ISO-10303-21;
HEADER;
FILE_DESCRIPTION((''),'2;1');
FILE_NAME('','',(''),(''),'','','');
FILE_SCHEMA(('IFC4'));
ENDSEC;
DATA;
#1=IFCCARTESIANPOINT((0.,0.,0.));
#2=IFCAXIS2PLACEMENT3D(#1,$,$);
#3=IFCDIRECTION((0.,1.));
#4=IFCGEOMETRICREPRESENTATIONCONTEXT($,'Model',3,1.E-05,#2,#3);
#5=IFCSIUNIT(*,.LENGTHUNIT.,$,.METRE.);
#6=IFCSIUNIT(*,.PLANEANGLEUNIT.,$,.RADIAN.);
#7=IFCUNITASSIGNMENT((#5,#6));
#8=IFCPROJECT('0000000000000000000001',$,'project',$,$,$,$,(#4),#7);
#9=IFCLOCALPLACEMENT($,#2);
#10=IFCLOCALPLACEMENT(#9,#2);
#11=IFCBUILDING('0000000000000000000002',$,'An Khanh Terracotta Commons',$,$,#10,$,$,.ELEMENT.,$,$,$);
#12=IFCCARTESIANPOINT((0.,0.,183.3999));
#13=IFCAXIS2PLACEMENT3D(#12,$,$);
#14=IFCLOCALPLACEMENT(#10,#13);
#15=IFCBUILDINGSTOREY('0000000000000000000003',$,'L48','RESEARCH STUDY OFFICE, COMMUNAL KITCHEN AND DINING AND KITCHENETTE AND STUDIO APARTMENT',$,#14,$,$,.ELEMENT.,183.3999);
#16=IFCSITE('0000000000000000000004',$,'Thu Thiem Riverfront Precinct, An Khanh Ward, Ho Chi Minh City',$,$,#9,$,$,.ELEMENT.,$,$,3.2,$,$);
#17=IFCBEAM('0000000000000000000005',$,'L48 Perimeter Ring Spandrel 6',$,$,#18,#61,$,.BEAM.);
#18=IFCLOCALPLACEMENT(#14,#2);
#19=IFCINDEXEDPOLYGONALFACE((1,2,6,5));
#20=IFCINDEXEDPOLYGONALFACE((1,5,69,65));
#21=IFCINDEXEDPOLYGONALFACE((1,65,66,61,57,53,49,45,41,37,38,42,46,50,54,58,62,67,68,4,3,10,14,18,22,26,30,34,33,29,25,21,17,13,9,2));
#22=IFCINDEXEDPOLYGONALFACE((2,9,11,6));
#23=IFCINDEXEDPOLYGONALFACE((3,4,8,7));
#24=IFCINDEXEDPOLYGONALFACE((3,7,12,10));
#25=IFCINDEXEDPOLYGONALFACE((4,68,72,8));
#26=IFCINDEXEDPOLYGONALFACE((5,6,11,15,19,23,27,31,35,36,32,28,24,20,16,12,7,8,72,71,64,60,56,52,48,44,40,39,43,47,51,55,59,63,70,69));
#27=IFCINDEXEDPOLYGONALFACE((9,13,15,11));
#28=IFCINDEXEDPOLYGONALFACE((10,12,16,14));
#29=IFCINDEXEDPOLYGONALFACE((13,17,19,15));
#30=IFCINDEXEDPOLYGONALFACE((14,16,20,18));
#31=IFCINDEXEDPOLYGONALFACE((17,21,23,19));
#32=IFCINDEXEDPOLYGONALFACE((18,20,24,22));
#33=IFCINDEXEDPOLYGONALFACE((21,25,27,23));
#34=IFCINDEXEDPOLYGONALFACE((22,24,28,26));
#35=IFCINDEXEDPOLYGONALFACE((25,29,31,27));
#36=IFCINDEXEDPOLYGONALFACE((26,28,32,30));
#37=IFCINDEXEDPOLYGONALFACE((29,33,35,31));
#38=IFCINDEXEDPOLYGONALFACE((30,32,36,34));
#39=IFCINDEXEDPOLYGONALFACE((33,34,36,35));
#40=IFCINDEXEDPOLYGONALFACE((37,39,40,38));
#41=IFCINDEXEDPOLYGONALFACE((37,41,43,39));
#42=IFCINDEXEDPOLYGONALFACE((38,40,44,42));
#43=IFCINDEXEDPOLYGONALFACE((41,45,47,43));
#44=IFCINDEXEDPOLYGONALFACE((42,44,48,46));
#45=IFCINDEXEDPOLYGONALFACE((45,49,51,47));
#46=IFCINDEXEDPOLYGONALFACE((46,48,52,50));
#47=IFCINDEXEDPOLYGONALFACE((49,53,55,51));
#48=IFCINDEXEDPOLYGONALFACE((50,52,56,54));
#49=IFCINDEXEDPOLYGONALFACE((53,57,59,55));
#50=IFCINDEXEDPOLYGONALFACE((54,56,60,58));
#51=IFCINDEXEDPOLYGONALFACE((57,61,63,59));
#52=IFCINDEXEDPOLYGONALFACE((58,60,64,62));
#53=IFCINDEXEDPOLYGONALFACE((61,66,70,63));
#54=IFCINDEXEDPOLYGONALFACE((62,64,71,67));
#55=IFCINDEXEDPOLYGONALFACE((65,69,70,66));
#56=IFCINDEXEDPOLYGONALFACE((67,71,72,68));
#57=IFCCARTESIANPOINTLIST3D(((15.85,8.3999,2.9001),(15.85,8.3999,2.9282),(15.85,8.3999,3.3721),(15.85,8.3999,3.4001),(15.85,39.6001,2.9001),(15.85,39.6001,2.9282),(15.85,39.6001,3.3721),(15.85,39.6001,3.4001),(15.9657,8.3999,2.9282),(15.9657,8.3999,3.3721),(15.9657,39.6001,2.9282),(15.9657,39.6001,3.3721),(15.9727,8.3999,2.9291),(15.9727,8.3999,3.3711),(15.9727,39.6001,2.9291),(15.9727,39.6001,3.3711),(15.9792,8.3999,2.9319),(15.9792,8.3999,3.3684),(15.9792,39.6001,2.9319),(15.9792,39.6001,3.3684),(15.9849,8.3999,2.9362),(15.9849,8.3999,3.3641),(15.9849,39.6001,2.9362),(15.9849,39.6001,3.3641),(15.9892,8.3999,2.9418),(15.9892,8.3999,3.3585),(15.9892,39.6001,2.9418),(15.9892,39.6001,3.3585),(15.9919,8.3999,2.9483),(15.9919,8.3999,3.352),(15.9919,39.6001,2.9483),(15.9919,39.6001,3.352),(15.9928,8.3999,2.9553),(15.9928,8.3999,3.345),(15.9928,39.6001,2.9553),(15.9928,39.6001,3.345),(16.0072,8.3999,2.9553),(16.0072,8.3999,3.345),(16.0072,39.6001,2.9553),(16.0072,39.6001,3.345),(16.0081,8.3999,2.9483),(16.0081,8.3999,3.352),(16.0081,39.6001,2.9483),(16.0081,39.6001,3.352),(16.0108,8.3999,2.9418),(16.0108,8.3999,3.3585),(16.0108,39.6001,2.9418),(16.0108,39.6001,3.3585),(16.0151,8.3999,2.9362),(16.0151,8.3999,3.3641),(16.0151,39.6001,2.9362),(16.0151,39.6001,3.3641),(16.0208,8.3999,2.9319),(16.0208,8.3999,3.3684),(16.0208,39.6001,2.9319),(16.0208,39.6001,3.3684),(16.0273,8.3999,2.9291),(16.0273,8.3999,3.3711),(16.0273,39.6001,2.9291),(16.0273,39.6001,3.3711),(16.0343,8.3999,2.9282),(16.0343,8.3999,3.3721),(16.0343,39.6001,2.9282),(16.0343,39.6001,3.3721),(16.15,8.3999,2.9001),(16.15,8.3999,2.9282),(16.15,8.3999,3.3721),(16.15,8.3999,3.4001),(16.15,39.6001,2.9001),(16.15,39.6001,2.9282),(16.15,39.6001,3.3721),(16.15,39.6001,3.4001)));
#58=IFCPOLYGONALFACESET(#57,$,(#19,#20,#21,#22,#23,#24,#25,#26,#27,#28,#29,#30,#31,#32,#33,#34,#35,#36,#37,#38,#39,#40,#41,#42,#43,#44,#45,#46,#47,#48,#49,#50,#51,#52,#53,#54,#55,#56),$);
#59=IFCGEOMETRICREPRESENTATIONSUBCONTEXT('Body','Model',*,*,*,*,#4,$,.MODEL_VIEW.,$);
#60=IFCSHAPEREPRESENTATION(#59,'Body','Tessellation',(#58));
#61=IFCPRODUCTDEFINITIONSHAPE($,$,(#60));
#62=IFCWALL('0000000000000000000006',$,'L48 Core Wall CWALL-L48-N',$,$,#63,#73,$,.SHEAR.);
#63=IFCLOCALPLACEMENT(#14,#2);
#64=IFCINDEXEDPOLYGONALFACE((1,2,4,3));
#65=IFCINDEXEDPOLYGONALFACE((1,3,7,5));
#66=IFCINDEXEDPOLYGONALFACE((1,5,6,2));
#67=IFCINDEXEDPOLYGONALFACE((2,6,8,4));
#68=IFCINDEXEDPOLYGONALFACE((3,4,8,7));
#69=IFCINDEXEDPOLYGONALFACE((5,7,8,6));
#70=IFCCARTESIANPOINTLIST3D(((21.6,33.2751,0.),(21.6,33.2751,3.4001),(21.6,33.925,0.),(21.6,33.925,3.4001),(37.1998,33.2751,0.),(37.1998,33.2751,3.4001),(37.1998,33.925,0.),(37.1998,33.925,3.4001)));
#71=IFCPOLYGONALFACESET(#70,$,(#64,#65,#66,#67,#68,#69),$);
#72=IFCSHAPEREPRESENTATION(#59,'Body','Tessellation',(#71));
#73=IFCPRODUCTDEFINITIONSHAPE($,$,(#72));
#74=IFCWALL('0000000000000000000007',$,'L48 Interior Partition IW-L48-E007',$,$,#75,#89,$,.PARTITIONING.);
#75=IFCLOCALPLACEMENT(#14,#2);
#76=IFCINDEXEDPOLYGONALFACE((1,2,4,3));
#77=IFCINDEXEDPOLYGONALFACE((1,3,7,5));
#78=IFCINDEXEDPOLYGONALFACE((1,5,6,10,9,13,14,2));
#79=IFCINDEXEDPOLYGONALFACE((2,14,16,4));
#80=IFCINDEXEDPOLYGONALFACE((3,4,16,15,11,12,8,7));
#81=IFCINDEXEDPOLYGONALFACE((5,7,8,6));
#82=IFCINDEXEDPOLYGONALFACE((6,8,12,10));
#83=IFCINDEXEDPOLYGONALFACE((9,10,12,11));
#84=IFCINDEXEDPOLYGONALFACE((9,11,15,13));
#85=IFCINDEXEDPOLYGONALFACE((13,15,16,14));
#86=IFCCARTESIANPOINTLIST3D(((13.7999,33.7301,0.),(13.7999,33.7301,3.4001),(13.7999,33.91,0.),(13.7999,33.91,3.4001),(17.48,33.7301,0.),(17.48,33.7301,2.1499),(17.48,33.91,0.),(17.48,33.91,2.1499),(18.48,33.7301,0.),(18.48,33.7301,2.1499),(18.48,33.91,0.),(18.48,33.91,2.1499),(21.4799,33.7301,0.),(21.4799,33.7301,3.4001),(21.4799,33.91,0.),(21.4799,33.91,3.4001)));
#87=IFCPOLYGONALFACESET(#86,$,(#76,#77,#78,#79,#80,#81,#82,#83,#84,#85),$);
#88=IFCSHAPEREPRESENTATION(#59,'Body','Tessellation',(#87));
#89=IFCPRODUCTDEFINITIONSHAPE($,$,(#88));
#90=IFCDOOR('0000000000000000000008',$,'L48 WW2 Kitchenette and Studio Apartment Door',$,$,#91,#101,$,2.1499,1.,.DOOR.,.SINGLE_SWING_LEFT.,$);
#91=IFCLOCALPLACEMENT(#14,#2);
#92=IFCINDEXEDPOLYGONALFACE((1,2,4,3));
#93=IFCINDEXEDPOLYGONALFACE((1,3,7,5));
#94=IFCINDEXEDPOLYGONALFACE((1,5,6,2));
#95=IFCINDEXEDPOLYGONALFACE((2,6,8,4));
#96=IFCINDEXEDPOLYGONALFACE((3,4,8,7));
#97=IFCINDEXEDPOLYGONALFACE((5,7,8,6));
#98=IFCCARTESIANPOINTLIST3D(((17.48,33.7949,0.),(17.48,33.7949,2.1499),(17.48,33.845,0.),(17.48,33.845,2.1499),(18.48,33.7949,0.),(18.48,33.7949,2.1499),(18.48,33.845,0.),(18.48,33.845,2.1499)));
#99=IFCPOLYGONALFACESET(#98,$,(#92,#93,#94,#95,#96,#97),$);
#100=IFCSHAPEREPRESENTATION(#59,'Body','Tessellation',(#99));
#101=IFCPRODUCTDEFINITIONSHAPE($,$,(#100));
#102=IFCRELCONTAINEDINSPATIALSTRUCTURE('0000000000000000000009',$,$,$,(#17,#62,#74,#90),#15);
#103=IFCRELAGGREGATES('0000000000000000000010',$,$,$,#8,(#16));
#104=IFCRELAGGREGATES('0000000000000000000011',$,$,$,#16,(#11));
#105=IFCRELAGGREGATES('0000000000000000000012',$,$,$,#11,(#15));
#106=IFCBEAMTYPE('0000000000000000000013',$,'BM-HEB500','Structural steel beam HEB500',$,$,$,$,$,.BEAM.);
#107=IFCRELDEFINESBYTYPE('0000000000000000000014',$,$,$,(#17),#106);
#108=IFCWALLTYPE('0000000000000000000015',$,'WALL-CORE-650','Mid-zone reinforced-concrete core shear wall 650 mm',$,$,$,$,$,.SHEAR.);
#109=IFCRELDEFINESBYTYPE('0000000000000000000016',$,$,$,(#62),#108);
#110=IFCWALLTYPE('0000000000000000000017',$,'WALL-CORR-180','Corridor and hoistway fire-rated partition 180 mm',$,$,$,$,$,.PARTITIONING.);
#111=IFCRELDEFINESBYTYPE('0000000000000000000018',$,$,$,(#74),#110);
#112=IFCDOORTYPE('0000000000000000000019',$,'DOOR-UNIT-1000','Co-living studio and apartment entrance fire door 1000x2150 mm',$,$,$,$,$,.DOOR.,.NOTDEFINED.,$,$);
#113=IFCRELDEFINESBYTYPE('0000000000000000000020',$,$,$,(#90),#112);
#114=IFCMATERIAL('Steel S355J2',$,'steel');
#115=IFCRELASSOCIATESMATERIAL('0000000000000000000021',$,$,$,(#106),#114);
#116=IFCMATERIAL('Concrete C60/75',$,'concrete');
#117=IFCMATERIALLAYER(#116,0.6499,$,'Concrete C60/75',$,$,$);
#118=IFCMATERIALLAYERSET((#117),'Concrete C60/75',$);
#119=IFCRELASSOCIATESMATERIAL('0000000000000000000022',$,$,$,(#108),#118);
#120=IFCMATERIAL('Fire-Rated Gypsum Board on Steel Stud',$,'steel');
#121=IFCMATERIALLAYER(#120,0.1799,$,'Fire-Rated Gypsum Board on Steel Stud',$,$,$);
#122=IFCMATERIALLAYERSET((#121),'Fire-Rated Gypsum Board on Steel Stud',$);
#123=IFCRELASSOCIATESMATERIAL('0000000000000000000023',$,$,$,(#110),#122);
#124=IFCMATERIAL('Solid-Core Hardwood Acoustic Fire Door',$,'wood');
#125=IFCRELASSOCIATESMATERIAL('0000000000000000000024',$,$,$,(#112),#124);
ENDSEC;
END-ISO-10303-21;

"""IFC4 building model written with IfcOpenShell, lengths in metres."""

from ifc_helpers import new_model, si_unit, direction, frame, frame_2d, origin, origin_2d, place, context, subcontext, project, spatial, rectangle, i_section, extrude, material, layer, layer_set, material_profile, profile_set, type_object, element, fill, save


model = new_model("IFC4")

# Units and contexts
model_context = context("Model", 3, precision=1e-05, world=origin(), true_north=direction((0.0, 1.0)))
body_context = subcontext(model_context, "Body", "Model", "MODEL_VIEW")
ifc_project = project(units=[si_unit("LENGTHUNIT", "METRE"), si_unit("PLANEANGLEUNIT", "RADIAN")], contexts=[model_context])

# Site, building, storey
site_placement = place(None, origin())
site = spatial("IfcSite", under=ifc_project, at=site_placement, Name="Thu Thiem Riverfront Precinct, An Khanh Ward, Ho Chi Minh City", CompositionType="ELEMENT", RefElevation=3.2)
building_placement = place(site_placement, origin())
building = spatial("IfcBuilding", under=site, at=building_placement, Name="An Khanh Terracotta Commons", CompositionType="ELEMENT")
storey_placement = place(building_placement, frame((0.0, 0.0, 183.3999)))
storey = spatial("IfcBuildingStorey", under=building, at=storey_placement, Name="L48", Description="RESEARCH STUDY OFFICE, COMMUNAL KITCHEN AND DINING AND KITCHENETTE AND STUDIO APARTMENT", CompositionType="ELEMENT", Elevation=183.3999)

# Shared definitions
ifc_material_1 = material(Name="Concrete C60/75", Category="concrete")

# Beam
ifc_material_2 = material(Name="Steel S355J2", Category="steel")
ifc_material_profile_1 = material_profile(ifc_material_2, i_section(OverallWidth=0.3, OverallDepth=0.5, WebThickness=0.0144, FlangeThickness=0.0281, FilletRadius=0.0271, at=origin_2d()), Name="HEB500")
ifc_profile_set_1 = profile_set([ifc_material_profile_1], Name="Steel S355J2")
beam_type_1 = type_object("IfcBeamType", Name="BM-HEB500", Description="Structural steel beam HEB500", PredefinedType="BEAM", material=ifc_profile_set_1)
beam_1_placement = place(storey_placement, frame((16.0, 39.6001, 3.1501), z_axis=(0.0, -1.0, 0.0), x_axis=(1.0, 0.0, 0.0)))
element("IfcBeam", 1, at=beam_1_placement, inside=storey, type_object=beam_type_1, Name="L48 Perimeter Ring Spandrel 6", PredefinedType="BEAM", context=body_context, shape_type="SweptSolid", body=[
    extrude(i_section(OverallWidth=0.3, OverallDepth=0.5, WebThickness=0.0144, FlangeThickness=0.0281, FilletRadius=0.0271, at=origin_2d()), origin(), (0.0, 0.0, 1.0), 31.2002),
])

# Wall
ifc_layer_1 = layer(ifc_material_1, 0.6499, Name="Concrete C60/75")
ifc_layer_set_1 = layer_set([ifc_layer_1], Name="Concrete C60/75")
wall_type_1 = type_object("IfcWallType", Name="WALL-CORE-650", Description="Mid-zone reinforced-concrete core shear wall 650 mm", PredefinedType="SHEAR", material=ifc_layer_set_1)
wall_1_placement = place(storey_placement, frame((21.6001, 33.6001, 0.0), z_axis=(0.0, 0.0, 1.0), x_axis=(1.0, 0.0, 0.0)))
element("IfcWall", 2, at=wall_1_placement, inside=storey, type_object=wall_type_1, Name="L48 Core Wall CWALL-L48-N", PredefinedType="SHEAR", context=body_context, shape_type="SweptSolid", body=[
    extrude(rectangle(XDim=15.5999, YDim=0.6499, at=frame_2d((7.7998, 0.0))), origin(), (0.0, 0.0, 1.0), 3.4001),
])

# Wall, opening, door
ifc_material_3 = material(Name="Fire-Rated Gypsum Board on Steel Stud", Category="steel")
ifc_layer_2 = layer(ifc_material_3, 0.1799, Name="Fire-Rated Gypsum Board on Steel Stud")
ifc_layer_set_2 = layer_set([ifc_layer_2], Name="Fire-Rated Gypsum Board on Steel Stud")
wall_type_2 = type_object("IfcWallType", Name="WALL-CORR-180", Description="Corridor and hoistway fire-rated partition 180 mm", PredefinedType="PARTITIONING", material=ifc_layer_set_2)
wall_2_placement = place(storey_placement, frame((13.8, 33.8201, 0.0), z_axis=(0.0, 0.0, 1.0), x_axis=(1.0, 0.0, 0.0)))
wall_2 = element("IfcWall", 3, at=wall_2_placement, inside=storey, type_object=wall_type_2, Name="L48 Interior Partition IW-L48-E007", PredefinedType="PARTITIONING", context=body_context, shape_type="SweptSolid", body=[
    extrude(rectangle(XDim=7.6799, YDim=0.1799, at=frame_2d((3.8398, 0.0))), origin(), (0.0, 0.0, 1.0), 3.4001),
])
opening_1_placement = place(wall_2_placement, frame((3.6799, 0.0, 0.0)))
opening_1 = element("IfcOpeningElement", 4, at=opening_1_placement, cuts=wall_2, PredefinedType="OPENING", context=body_context, shape_type="SweptSolid", body=[
    extrude(rectangle(XDim=1.0, YDim=2.1499, at=frame_2d((0.5, 1.075))), frame((0.0, 0.0999, 0.0), z_axis=(0.0, -1.0, 0.0), x_axis=(1.0, 0.0, 0.0)), (0.0, 0.0, 1.0), 0.2),
])
ifc_material_4 = material(Name="Solid-Core Hardwood Acoustic Fire Door", Category="wood")
door_type_1 = type_object("IfcDoorType", Name="DOOR-UNIT-1000", Description="Co-living studio and apartment entrance fire door 1000x2150 mm", OperationType="NOTDEFINED", PredefinedType="DOOR", material=ifc_material_4)
door_1_placement = place(opening_1_placement, origin())
door_1 = element("IfcDoor", 5, at=door_1_placement, inside=storey, type_object=door_type_1, Name="L48 WW2 Kitchenette and Studio Apartment Door", OperationType="SINGLE_SWING_LEFT", OverallHeight=2.1499, OverallWidth=1.0, PredefinedType="DOOR", context=body_context, shape_type="SweptSolid", body=[
    extrude(rectangle(XDim=1.0, YDim=2.1499, at=frame_2d((0.5, 1.075))), frame((0.0, 0.0249, 0.0), z_axis=(0.0, -1.0, 0.0), x_axis=(1.0, 0.0, 0.0)), (0.0, 0.0, 1.0), 0.05),
])
fill(opening_1, door_1)

save(model, "model.ifc")
